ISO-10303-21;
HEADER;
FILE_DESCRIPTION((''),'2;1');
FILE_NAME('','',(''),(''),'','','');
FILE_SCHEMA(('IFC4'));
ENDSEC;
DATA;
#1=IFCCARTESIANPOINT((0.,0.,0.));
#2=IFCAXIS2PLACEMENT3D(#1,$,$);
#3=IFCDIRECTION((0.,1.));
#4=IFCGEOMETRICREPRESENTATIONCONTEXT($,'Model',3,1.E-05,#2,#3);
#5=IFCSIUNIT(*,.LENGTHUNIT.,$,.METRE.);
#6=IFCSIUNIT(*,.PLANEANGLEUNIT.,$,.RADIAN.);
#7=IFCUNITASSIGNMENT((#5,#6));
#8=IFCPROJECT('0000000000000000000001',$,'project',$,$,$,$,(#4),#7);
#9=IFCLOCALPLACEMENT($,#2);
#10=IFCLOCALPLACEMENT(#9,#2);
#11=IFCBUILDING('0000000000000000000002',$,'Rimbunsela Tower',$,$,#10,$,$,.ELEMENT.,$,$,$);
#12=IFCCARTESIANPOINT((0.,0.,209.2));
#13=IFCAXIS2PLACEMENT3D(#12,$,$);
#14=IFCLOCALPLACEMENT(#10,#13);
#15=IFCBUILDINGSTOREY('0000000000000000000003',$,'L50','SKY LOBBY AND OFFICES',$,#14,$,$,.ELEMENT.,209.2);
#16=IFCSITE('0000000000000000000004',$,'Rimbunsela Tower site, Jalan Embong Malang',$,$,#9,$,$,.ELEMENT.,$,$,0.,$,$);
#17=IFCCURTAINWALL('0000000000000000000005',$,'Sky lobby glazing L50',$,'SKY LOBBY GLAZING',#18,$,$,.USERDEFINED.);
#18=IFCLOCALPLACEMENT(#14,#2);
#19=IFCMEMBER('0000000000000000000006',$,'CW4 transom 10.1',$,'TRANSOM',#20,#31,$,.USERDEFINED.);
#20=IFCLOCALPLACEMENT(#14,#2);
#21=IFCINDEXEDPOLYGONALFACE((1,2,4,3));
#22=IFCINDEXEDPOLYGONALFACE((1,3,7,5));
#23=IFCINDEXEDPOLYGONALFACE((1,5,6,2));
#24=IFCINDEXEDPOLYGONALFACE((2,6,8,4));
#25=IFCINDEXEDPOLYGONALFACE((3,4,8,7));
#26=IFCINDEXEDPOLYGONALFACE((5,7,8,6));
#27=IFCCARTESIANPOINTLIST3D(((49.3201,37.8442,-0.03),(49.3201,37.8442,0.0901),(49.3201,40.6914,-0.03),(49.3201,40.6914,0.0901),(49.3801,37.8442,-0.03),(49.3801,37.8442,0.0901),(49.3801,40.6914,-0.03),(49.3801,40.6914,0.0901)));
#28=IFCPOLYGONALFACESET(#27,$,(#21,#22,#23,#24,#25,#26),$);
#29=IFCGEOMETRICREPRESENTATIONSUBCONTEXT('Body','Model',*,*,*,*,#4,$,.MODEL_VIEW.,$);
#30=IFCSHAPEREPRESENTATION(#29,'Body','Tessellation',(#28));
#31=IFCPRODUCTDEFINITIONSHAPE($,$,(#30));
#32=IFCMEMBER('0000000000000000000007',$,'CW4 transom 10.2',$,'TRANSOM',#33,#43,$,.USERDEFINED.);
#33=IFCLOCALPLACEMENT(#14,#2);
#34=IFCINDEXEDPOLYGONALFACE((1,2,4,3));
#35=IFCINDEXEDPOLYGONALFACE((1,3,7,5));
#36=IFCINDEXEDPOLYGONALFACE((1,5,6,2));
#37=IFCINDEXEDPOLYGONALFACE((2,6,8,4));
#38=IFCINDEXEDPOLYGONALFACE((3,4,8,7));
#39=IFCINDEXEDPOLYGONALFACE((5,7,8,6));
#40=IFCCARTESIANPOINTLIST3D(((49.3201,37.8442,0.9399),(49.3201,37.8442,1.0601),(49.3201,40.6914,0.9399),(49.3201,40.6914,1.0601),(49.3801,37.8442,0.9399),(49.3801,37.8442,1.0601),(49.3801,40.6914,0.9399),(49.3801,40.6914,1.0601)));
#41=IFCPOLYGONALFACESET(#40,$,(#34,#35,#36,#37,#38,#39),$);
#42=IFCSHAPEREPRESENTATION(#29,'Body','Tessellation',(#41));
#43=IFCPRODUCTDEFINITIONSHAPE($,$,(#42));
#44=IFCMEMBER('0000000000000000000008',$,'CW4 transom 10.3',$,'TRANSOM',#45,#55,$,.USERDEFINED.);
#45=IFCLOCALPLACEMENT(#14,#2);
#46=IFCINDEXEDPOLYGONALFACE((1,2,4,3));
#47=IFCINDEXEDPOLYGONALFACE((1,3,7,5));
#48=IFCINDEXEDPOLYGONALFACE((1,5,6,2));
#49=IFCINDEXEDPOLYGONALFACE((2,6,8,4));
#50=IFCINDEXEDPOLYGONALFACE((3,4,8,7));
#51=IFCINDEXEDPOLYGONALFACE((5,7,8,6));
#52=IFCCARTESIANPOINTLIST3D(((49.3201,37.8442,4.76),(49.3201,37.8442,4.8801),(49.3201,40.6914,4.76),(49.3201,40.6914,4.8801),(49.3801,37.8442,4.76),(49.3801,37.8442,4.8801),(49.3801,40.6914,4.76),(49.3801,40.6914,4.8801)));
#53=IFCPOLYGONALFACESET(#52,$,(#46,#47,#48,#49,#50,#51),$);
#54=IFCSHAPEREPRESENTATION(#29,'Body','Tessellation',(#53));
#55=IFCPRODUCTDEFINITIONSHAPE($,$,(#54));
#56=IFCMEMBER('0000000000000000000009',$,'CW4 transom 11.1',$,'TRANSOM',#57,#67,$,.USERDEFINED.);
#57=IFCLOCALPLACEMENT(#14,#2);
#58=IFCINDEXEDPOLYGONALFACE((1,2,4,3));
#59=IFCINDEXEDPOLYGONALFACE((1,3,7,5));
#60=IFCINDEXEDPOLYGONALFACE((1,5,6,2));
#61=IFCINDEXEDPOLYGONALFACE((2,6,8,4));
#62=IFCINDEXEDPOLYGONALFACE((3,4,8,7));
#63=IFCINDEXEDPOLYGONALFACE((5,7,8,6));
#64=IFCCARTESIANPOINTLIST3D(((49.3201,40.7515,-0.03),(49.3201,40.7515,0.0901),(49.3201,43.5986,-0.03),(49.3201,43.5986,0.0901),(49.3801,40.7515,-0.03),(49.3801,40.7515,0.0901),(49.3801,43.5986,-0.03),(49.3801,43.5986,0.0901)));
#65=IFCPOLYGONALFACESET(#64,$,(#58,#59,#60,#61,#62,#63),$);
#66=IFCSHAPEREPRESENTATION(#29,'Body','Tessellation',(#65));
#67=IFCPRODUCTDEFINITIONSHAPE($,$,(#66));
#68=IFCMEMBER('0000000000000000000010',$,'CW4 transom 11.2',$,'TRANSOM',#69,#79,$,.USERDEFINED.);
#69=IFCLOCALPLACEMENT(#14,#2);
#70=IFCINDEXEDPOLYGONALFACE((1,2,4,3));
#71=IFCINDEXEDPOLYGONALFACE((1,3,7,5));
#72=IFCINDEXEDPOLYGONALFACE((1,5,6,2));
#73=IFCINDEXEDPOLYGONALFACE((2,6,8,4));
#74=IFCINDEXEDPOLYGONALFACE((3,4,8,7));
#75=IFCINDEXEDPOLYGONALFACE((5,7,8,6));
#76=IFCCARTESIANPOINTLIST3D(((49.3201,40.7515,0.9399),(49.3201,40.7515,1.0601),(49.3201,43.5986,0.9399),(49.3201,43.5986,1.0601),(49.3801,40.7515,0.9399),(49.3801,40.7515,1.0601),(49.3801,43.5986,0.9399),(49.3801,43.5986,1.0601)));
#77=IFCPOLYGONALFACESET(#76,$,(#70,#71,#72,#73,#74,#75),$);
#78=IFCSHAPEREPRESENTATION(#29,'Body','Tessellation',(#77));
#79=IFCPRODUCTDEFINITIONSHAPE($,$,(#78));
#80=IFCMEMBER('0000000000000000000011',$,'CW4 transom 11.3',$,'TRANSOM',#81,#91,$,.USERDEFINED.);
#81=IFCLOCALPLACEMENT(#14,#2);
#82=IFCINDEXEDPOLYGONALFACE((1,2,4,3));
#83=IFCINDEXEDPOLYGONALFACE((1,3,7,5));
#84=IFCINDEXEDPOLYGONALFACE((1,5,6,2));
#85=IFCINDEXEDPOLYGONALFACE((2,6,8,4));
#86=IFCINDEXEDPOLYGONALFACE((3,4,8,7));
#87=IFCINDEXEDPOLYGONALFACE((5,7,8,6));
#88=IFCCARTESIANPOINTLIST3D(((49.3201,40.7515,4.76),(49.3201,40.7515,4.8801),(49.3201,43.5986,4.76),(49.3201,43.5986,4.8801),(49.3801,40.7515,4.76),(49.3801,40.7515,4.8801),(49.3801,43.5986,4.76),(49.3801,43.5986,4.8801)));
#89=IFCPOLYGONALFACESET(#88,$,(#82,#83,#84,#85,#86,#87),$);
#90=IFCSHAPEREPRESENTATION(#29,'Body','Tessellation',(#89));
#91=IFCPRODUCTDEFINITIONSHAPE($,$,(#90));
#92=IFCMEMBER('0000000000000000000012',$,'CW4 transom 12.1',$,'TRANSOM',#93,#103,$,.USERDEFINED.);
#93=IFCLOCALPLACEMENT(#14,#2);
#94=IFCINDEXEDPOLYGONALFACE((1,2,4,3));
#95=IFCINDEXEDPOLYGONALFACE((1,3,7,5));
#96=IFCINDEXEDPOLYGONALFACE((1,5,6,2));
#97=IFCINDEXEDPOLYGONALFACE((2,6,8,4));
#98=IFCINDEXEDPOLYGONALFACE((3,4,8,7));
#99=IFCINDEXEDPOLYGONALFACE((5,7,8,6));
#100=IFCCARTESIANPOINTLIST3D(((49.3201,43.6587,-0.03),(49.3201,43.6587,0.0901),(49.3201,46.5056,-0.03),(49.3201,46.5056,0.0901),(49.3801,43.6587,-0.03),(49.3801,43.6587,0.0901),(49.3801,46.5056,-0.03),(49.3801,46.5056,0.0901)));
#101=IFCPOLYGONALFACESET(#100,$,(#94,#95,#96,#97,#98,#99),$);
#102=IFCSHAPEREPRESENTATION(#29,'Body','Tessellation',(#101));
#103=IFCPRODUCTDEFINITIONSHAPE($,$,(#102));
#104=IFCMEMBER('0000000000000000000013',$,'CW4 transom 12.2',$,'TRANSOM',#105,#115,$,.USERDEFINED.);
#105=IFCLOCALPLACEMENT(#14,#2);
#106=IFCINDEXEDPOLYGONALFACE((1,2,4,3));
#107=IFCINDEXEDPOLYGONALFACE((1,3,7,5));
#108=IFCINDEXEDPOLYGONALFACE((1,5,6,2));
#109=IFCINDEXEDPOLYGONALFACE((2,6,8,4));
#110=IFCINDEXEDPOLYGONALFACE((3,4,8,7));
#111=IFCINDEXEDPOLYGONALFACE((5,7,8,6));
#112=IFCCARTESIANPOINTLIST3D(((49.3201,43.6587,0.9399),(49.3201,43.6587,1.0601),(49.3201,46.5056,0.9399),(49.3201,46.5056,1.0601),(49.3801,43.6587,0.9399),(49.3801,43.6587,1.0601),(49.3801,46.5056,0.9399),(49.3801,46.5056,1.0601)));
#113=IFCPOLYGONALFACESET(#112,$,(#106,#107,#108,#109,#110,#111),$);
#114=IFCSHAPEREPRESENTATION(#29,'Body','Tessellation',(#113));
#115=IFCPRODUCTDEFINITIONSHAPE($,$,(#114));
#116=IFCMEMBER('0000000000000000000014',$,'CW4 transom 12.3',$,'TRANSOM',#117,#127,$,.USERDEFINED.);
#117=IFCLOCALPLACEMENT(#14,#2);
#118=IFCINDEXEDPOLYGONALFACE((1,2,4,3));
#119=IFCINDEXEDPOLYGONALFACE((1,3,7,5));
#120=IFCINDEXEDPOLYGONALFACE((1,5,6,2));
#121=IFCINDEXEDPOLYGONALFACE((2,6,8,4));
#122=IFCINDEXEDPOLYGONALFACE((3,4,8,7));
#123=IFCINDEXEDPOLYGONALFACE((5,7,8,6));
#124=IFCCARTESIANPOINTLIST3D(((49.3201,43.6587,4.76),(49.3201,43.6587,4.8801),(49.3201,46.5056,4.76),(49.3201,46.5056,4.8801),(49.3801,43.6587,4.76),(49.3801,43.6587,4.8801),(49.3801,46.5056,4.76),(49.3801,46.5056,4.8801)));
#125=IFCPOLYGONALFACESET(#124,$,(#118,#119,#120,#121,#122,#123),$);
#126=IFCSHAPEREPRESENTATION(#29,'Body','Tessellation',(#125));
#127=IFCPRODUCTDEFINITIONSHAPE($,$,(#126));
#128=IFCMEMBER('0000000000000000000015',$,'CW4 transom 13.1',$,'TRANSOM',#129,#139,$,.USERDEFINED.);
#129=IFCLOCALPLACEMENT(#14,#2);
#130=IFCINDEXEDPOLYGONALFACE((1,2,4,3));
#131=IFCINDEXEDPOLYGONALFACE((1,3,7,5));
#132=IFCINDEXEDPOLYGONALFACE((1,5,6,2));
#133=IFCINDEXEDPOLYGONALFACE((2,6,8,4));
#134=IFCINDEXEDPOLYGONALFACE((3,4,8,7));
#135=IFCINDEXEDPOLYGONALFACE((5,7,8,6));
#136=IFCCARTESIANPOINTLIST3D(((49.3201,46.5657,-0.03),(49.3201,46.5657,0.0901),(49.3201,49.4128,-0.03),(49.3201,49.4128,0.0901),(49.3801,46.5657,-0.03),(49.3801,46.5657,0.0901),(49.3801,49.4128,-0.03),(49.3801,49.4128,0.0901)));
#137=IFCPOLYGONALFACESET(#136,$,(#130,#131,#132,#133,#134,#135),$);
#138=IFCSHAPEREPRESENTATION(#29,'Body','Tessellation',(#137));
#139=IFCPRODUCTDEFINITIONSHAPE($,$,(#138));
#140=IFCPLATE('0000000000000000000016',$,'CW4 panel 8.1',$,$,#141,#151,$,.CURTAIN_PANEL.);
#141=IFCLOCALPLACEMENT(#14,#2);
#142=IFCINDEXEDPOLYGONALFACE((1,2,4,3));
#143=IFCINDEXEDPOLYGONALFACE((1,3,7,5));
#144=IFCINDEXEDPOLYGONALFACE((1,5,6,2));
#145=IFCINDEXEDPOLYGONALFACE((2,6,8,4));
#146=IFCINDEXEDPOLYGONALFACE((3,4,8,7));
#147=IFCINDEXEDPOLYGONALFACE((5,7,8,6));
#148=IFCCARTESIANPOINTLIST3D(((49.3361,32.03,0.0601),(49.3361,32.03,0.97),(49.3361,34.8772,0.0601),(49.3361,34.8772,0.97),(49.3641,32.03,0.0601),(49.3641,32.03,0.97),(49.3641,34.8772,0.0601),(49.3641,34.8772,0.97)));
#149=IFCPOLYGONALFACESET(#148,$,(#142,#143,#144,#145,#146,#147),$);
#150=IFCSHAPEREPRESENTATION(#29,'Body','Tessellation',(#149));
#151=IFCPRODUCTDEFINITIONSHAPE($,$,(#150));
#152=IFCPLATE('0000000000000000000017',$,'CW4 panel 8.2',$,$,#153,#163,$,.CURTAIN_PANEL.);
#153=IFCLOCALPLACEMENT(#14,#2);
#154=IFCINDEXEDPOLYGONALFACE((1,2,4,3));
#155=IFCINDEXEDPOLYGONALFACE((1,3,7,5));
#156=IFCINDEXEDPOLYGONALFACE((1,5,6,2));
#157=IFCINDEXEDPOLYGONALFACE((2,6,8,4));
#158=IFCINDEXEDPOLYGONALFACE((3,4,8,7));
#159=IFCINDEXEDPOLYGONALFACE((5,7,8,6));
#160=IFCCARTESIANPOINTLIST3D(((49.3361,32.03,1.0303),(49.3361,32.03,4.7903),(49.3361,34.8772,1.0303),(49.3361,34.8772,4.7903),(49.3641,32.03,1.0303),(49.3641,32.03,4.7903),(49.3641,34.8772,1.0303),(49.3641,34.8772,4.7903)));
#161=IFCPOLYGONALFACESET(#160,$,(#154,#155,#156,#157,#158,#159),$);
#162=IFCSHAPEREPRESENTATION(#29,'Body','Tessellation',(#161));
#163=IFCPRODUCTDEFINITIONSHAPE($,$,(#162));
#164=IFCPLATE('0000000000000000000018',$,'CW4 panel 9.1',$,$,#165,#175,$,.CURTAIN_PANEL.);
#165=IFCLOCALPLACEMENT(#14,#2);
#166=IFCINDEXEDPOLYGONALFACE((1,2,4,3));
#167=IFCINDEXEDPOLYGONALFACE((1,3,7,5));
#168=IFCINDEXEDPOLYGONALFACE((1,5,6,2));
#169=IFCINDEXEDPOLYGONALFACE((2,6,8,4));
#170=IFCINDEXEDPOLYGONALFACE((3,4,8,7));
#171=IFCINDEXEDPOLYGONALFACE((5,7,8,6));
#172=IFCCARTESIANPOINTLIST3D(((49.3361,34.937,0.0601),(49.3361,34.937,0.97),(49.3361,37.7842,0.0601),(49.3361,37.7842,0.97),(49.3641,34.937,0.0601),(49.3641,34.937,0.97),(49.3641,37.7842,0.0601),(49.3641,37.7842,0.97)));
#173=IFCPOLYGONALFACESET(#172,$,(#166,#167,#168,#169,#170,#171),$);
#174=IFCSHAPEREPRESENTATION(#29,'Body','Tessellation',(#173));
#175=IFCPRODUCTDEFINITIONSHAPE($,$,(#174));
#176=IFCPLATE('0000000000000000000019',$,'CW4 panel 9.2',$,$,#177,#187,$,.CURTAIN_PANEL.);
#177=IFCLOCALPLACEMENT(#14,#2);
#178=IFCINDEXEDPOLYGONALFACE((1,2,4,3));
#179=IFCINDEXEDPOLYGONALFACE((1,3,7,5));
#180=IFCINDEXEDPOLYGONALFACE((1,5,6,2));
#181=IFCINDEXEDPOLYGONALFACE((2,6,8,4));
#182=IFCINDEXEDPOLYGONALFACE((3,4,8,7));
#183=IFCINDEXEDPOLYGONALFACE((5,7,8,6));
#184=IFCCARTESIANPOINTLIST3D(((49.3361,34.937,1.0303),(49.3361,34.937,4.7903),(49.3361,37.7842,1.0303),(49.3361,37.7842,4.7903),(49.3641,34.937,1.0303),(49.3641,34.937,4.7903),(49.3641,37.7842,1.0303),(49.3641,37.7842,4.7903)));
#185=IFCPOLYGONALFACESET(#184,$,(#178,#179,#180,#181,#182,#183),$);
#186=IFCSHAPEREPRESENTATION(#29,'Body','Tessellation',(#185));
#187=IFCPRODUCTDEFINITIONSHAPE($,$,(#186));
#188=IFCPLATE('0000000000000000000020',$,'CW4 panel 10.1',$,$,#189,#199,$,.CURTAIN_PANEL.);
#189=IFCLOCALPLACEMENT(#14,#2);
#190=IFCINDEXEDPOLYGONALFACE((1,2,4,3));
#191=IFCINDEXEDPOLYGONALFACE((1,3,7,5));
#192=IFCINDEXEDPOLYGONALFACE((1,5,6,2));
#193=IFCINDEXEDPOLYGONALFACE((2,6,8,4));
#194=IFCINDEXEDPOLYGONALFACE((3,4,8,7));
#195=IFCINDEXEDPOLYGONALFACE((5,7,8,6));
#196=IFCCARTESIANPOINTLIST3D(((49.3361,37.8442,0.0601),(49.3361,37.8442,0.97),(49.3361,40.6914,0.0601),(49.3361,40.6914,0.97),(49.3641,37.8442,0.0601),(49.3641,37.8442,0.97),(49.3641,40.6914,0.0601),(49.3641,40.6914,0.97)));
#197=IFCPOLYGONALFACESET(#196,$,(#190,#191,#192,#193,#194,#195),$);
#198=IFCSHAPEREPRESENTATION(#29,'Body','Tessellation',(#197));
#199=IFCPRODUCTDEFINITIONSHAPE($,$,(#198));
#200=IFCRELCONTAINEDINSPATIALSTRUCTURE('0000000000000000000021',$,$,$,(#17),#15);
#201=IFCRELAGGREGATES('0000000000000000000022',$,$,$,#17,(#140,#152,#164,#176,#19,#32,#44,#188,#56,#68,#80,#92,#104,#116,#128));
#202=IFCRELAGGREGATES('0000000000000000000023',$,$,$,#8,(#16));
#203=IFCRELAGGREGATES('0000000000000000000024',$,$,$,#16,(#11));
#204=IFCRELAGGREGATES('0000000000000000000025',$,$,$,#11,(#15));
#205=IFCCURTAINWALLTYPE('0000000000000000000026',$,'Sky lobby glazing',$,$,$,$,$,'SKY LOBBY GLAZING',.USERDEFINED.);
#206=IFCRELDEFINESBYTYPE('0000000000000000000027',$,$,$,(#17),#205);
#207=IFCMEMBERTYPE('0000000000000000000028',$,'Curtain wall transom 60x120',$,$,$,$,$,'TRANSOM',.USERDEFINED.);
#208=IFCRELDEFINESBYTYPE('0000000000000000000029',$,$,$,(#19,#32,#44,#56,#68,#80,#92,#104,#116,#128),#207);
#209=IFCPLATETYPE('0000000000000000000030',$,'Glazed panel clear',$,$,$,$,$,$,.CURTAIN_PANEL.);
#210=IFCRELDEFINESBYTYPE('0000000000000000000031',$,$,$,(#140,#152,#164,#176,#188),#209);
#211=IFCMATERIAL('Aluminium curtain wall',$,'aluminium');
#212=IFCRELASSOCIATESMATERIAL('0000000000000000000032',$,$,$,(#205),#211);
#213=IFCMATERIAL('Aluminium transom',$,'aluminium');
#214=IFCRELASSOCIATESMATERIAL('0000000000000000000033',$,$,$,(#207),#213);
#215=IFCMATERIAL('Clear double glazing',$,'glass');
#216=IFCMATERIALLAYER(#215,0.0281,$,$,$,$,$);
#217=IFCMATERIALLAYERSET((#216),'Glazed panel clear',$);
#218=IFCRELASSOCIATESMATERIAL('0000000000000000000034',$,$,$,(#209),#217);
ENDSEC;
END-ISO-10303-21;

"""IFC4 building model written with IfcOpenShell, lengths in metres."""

from ifc_helpers import new_model, si_unit, direction, frame, origin, origin_2d, place, context, subcontext, project, spatial, rectangle, extrude, material, layer, layer_set, material_profile, profile_set, type_object, element, aggregate, save


model = new_model("IFC4")

# Units and contexts
model_context = context("Model", 3, precision=1e-05, world=origin(), true_north=direction((0.0, 1.0)))
body_context = subcontext(model_context, "Body", "Model", "MODEL_VIEW")
ifc_project = project(units=[si_unit("LENGTHUNIT", "METRE"), si_unit("PLANEANGLEUNIT", "RADIAN")], contexts=[model_context])

# Site, building, storey
site_placement = place(None, origin())
site = spatial("IfcSite", under=ifc_project, at=site_placement, Name="Rimbunsela Tower site, Jalan Embong Malang", CompositionType="ELEMENT", RefElevation=0.0)
building_placement = place(site_placement, origin())
building = spatial("IfcBuilding", under=site, at=building_placement, Name="Rimbunsela Tower", CompositionType="ELEMENT")
storey_placement = place(building_placement, frame((0.0, 0.0, 209.2)))
storey = spatial("IfcBuildingStorey", under=building, at=storey_placement, Name="L50", Description="SKY LOBBY AND OFFICES", CompositionType="ELEMENT", Elevation=209.2)

# Curtain wall, members, plates
ifc_material_1 = material(Name="Aluminium curtain wall", Category="aluminium")
curtain_wall_type = type_object("IfcCurtainWallType", Name="Sky lobby glazing", ElementType="SKY LOBBY GLAZING", PredefinedType="USERDEFINED", material=ifc_material_1)
curtain_wall_placement = place(storey_placement, origin())
curtain_wall = element("IfcCurtainWall", 1, at=curtain_wall_placement, inside=storey, type_object=curtain_wall_type, Name="Sky lobby glazing L50", ObjectType="SKY LOBBY GLAZING", PredefinedType="USERDEFINED")
ifc_material_2 = material(Name="Aluminium transom", Category="aluminium")
ifc_material_profile_1 = material_profile(ifc_material_2, rectangle(XDim=0.0601, YDim=0.1201, at=origin_2d()), Name="Transom 60x120")
ifc_profile_set_1 = profile_set([ifc_material_profile_1], Name="Aluminium transom")
member_type_1 = type_object("IfcMemberType", Name="Curtain wall transom 60x120", ElementType="TRANSOM", PredefinedType="USERDEFINED", material=ifc_profile_set_1)
member_1_placement = place(storey_placement, frame((49.3501, 37.8442, 0.03), z_axis=(0.0, 1.0, 0.0), x_axis=(-1.0, 0.0, 0.0)))
member_1 = element("IfcMember", 2, at=member_1_placement, type_object=member_type_1, Name="CW4 transom 10.1", ObjectType="TRANSOM", PredefinedType="USERDEFINED", context=body_context, shape_type="SweptSolid", body=[
    extrude(rectangle(XDim=0.0601, YDim=0.1201, at=origin_2d()), origin(), (0.0, 0.0, 1.0), 2.8472),
])
member_2_placement = place(storey_placement, frame((49.3501, 37.8442, 1.0), z_axis=(0.0, 1.0, 0.0), x_axis=(-1.0, 0.0, 0.0)))
member_2 = element("IfcMember", 3, at=member_2_placement, type_object=member_type_1, Name="CW4 transom 10.2", ObjectType="TRANSOM", PredefinedType="USERDEFINED", context=body_context, shape_type="SweptSolid", body=[
    extrude(rectangle(XDim=0.0601, YDim=0.1201, at=origin_2d()), origin(), (0.0, 0.0, 1.0), 2.8472),
])
member_3_placement = place(storey_placement, frame((49.3501, 37.8442, 4.8201), z_axis=(0.0, 1.0, 0.0), x_axis=(-1.0, 0.0, 0.0)))
member_3 = element("IfcMember", 4, at=member_3_placement, type_object=member_type_1, Name="CW4 transom 10.3", ObjectType="TRANSOM", PredefinedType="USERDEFINED", context=body_context, shape_type="SweptSolid", body=[
    extrude(rectangle(XDim=0.0601, YDim=0.1201, at=origin_2d()), origin(), (0.0, 0.0, 1.0), 2.8472),
])
member_4_placement = place(storey_placement, frame((49.3501, 40.7515, 0.03), z_axis=(0.0, 1.0, 0.0), x_axis=(-1.0, 0.0, 0.0)))
member_4 = element("IfcMember", 5, at=member_4_placement, type_object=member_type_1, Name="CW4 transom 11.1", ObjectType="TRANSOM", PredefinedType="USERDEFINED", context=body_context, shape_type="SweptSolid", body=[
    extrude(rectangle(XDim=0.0601, YDim=0.1201, at=origin_2d()), origin(), (0.0, 0.0, 1.0), 2.8472),
])
member_5_placement = place(storey_placement, frame((49.3501, 40.7515, 1.0), z_axis=(0.0, 1.0, 0.0), x_axis=(-1.0, 0.0, 0.0)))
member_5 = element("IfcMember", 6, at=member_5_placement, type_object=member_type_1, Name="CW4 transom 11.2", ObjectType="TRANSOM", PredefinedType="USERDEFINED", context=body_context, shape_type="SweptSolid", body=[
    extrude(rectangle(XDim=0.0601, YDim=0.1201, at=origin_2d()), origin(), (0.0, 0.0, 1.0), 2.8472),
])
member_6_placement = place(storey_placement, frame((49.3501, 40.7515, 4.8201), z_axis=(0.0, 1.0, 0.0), x_axis=(-1.0, 0.0, 0.0)))
member_6 = element("IfcMember", 7, at=member_6_placement, type_object=member_type_1, Name="CW4 transom 11.3", ObjectType="TRANSOM", PredefinedType="USERDEFINED", context=body_context, shape_type="SweptSolid", body=[
    extrude(rectangle(XDim=0.0601, YDim=0.1201, at=origin_2d()), origin(), (0.0, 0.0, 1.0), 2.8472),
])
member_7_placement = place(storey_placement, frame((49.3501, 43.6587, 0.03), z_axis=(0.0, 1.0, 0.0), x_axis=(-1.0, 0.0, 0.0)))
member_7 = element("IfcMember", 8, at=member_7_placement, type_object=member_type_1, Name="CW4 transom 12.1", ObjectType="TRANSOM", PredefinedType="USERDEFINED", context=body_context, shape_type="SweptSolid", body=[
    extrude(rectangle(XDim=0.0601, YDim=0.1201, at=origin_2d()), origin(), (0.0, 0.0, 1.0), 2.8469),
])
member_8_placement = place(storey_placement, frame((49.3501, 43.6587, 1.0), z_axis=(0.0, 1.0, 0.0), x_axis=(-1.0, 0.0, 0.0)))
member_8 = element("IfcMember", 9, at=member_8_placement, type_object=member_type_1, Name="CW4 transom 12.2", ObjectType="TRANSOM", PredefinedType="USERDEFINED", context=body_context, shape_type="SweptSolid", body=[
    extrude(rectangle(XDim=0.0601, YDim=0.1201, at=origin_2d()), origin(), (0.0, 0.0, 1.0), 2.8469),
])
member_9_placement = place(storey_placement, frame((49.3501, 43.6587, 4.8201), z_axis=(0.0, 1.0, 0.0), x_axis=(-1.0, 0.0, 0.0)))
member_9 = element("IfcMember", 10, at=member_9_placement, type_object=member_type_1, Name="CW4 transom 12.3", ObjectType="TRANSOM", PredefinedType="USERDEFINED", context=body_context, shape_type="SweptSolid", body=[
    extrude(rectangle(XDim=0.0601, YDim=0.1201, at=origin_2d()), origin(), (0.0, 0.0, 1.0), 2.8469),
])
member_10_placement = place(storey_placement, frame((49.3501, 46.5657, 0.03), z_axis=(0.0, 1.0, 0.0), x_axis=(-1.0, 0.0, 0.0)))
member_10 = element("IfcMember", 11, at=member_10_placement, type_object=member_type_1, Name="CW4 transom 13.1", ObjectType="TRANSOM", PredefinedType="USERDEFINED", context=body_context, shape_type="SweptSolid", body=[
    extrude(rectangle(XDim=0.0601, YDim=0.1201, at=origin_2d()), origin(), (0.0, 0.0, 1.0), 2.8472),
])
ifc_material_3 = material(Name="Clear double glazing", Category="glass")
ifc_layer = layer(ifc_material_3, 0.0281)
ifc_layer_set = layer_set([ifc_layer], Name="Glazed panel clear")
plate_type = type_object("IfcPlateType", Name="Glazed panel clear", PredefinedType="CURTAIN_PANEL", material=ifc_layer_set)
plate_1_placement = place(storey_placement, frame((49.3501, 33.4536, 0.0601), z_axis=(0.0, 0.0, 1.0), x_axis=(0.0, 1.0, 0.0)))
plate_1 = element("IfcPlate", 12, at=plate_1_placement, type_object=plate_type, Name="CW4 panel 8.1", PredefinedType="CURTAIN_PANEL", context=body_context, shape_type="SweptSolid", body=[
    extrude(rectangle(XDim=2.8472, YDim=0.0281, at=origin_2d()), origin(), (0.0, 0.0, 1.0), 0.9099),
])
plate_2_placement = place(storey_placement, frame((49.3501, 33.4536, 1.0303), z_axis=(0.0, 0.0, 1.0), x_axis=(0.0, 1.0, 0.0)))
plate_2 = element("IfcPlate", 13, at=plate_2_placement, type_object=plate_type, Name="CW4 panel 8.2", PredefinedType="CURTAIN_PANEL", context=body_context, shape_type="SweptSolid", body=[
    extrude(rectangle(XDim=2.8472, YDim=0.0281, at=origin_2d()), origin(), (0.0, 0.0, 1.0), 3.76),
])
plate_3_placement = place(storey_placement, frame((49.3501, 36.3606, 0.0601), z_axis=(0.0, 0.0, 1.0), x_axis=(0.0, 1.0, 0.0)))
plate_3 = element("IfcPlate", 14, at=plate_3_placement, type_object=plate_type, Name="CW4 panel 9.1", PredefinedType="CURTAIN_PANEL", context=body_context, shape_type="SweptSolid", body=[
    extrude(rectangle(XDim=2.8472, YDim=0.0281, at=origin_2d()), origin(), (0.0, 0.0, 1.0), 0.9099),
])
plate_4_placement = place(storey_placement, frame((49.3501, 36.3606, 1.0303), z_axis=(0.0, 0.0, 1.0), x_axis=(0.0, 1.0, 0.0)))
plate_4 = element("IfcPlate", 15, at=plate_4_placement, type_object=plate_type, Name="CW4 panel 9.2", PredefinedType="CURTAIN_PANEL", context=body_context, shape_type="SweptSolid", body=[
    extrude(rectangle(XDim=2.8472, YDim=0.0281, at=origin_2d()), origin(), (0.0, 0.0, 1.0), 3.76),
])
plate_5_placement = place(storey_placement, frame((49.3501, 39.2678, 0.0601), z_axis=(0.0, 0.0, 1.0), x_axis=(0.0, 1.0, 0.0)))
plate_5 = element("IfcPlate", 16, at=plate_5_placement, type_object=plate_type, Name="CW4 panel 10.1", PredefinedType="CURTAIN_PANEL", context=body_context, shape_type="SweptSolid", body=[
    extrude(rectangle(XDim=2.8472, YDim=0.0281, at=origin_2d()), origin(), (0.0, 0.0, 1.0), 0.9099),
])
aggregate(curtain_wall, [plate_1, plate_2, plate_3, plate_4, member_1, member_2, member_3, plate_5, member_4, member_5, member_6, member_7, member_8, member_9, member_10])

save(model, "model.ifc")
